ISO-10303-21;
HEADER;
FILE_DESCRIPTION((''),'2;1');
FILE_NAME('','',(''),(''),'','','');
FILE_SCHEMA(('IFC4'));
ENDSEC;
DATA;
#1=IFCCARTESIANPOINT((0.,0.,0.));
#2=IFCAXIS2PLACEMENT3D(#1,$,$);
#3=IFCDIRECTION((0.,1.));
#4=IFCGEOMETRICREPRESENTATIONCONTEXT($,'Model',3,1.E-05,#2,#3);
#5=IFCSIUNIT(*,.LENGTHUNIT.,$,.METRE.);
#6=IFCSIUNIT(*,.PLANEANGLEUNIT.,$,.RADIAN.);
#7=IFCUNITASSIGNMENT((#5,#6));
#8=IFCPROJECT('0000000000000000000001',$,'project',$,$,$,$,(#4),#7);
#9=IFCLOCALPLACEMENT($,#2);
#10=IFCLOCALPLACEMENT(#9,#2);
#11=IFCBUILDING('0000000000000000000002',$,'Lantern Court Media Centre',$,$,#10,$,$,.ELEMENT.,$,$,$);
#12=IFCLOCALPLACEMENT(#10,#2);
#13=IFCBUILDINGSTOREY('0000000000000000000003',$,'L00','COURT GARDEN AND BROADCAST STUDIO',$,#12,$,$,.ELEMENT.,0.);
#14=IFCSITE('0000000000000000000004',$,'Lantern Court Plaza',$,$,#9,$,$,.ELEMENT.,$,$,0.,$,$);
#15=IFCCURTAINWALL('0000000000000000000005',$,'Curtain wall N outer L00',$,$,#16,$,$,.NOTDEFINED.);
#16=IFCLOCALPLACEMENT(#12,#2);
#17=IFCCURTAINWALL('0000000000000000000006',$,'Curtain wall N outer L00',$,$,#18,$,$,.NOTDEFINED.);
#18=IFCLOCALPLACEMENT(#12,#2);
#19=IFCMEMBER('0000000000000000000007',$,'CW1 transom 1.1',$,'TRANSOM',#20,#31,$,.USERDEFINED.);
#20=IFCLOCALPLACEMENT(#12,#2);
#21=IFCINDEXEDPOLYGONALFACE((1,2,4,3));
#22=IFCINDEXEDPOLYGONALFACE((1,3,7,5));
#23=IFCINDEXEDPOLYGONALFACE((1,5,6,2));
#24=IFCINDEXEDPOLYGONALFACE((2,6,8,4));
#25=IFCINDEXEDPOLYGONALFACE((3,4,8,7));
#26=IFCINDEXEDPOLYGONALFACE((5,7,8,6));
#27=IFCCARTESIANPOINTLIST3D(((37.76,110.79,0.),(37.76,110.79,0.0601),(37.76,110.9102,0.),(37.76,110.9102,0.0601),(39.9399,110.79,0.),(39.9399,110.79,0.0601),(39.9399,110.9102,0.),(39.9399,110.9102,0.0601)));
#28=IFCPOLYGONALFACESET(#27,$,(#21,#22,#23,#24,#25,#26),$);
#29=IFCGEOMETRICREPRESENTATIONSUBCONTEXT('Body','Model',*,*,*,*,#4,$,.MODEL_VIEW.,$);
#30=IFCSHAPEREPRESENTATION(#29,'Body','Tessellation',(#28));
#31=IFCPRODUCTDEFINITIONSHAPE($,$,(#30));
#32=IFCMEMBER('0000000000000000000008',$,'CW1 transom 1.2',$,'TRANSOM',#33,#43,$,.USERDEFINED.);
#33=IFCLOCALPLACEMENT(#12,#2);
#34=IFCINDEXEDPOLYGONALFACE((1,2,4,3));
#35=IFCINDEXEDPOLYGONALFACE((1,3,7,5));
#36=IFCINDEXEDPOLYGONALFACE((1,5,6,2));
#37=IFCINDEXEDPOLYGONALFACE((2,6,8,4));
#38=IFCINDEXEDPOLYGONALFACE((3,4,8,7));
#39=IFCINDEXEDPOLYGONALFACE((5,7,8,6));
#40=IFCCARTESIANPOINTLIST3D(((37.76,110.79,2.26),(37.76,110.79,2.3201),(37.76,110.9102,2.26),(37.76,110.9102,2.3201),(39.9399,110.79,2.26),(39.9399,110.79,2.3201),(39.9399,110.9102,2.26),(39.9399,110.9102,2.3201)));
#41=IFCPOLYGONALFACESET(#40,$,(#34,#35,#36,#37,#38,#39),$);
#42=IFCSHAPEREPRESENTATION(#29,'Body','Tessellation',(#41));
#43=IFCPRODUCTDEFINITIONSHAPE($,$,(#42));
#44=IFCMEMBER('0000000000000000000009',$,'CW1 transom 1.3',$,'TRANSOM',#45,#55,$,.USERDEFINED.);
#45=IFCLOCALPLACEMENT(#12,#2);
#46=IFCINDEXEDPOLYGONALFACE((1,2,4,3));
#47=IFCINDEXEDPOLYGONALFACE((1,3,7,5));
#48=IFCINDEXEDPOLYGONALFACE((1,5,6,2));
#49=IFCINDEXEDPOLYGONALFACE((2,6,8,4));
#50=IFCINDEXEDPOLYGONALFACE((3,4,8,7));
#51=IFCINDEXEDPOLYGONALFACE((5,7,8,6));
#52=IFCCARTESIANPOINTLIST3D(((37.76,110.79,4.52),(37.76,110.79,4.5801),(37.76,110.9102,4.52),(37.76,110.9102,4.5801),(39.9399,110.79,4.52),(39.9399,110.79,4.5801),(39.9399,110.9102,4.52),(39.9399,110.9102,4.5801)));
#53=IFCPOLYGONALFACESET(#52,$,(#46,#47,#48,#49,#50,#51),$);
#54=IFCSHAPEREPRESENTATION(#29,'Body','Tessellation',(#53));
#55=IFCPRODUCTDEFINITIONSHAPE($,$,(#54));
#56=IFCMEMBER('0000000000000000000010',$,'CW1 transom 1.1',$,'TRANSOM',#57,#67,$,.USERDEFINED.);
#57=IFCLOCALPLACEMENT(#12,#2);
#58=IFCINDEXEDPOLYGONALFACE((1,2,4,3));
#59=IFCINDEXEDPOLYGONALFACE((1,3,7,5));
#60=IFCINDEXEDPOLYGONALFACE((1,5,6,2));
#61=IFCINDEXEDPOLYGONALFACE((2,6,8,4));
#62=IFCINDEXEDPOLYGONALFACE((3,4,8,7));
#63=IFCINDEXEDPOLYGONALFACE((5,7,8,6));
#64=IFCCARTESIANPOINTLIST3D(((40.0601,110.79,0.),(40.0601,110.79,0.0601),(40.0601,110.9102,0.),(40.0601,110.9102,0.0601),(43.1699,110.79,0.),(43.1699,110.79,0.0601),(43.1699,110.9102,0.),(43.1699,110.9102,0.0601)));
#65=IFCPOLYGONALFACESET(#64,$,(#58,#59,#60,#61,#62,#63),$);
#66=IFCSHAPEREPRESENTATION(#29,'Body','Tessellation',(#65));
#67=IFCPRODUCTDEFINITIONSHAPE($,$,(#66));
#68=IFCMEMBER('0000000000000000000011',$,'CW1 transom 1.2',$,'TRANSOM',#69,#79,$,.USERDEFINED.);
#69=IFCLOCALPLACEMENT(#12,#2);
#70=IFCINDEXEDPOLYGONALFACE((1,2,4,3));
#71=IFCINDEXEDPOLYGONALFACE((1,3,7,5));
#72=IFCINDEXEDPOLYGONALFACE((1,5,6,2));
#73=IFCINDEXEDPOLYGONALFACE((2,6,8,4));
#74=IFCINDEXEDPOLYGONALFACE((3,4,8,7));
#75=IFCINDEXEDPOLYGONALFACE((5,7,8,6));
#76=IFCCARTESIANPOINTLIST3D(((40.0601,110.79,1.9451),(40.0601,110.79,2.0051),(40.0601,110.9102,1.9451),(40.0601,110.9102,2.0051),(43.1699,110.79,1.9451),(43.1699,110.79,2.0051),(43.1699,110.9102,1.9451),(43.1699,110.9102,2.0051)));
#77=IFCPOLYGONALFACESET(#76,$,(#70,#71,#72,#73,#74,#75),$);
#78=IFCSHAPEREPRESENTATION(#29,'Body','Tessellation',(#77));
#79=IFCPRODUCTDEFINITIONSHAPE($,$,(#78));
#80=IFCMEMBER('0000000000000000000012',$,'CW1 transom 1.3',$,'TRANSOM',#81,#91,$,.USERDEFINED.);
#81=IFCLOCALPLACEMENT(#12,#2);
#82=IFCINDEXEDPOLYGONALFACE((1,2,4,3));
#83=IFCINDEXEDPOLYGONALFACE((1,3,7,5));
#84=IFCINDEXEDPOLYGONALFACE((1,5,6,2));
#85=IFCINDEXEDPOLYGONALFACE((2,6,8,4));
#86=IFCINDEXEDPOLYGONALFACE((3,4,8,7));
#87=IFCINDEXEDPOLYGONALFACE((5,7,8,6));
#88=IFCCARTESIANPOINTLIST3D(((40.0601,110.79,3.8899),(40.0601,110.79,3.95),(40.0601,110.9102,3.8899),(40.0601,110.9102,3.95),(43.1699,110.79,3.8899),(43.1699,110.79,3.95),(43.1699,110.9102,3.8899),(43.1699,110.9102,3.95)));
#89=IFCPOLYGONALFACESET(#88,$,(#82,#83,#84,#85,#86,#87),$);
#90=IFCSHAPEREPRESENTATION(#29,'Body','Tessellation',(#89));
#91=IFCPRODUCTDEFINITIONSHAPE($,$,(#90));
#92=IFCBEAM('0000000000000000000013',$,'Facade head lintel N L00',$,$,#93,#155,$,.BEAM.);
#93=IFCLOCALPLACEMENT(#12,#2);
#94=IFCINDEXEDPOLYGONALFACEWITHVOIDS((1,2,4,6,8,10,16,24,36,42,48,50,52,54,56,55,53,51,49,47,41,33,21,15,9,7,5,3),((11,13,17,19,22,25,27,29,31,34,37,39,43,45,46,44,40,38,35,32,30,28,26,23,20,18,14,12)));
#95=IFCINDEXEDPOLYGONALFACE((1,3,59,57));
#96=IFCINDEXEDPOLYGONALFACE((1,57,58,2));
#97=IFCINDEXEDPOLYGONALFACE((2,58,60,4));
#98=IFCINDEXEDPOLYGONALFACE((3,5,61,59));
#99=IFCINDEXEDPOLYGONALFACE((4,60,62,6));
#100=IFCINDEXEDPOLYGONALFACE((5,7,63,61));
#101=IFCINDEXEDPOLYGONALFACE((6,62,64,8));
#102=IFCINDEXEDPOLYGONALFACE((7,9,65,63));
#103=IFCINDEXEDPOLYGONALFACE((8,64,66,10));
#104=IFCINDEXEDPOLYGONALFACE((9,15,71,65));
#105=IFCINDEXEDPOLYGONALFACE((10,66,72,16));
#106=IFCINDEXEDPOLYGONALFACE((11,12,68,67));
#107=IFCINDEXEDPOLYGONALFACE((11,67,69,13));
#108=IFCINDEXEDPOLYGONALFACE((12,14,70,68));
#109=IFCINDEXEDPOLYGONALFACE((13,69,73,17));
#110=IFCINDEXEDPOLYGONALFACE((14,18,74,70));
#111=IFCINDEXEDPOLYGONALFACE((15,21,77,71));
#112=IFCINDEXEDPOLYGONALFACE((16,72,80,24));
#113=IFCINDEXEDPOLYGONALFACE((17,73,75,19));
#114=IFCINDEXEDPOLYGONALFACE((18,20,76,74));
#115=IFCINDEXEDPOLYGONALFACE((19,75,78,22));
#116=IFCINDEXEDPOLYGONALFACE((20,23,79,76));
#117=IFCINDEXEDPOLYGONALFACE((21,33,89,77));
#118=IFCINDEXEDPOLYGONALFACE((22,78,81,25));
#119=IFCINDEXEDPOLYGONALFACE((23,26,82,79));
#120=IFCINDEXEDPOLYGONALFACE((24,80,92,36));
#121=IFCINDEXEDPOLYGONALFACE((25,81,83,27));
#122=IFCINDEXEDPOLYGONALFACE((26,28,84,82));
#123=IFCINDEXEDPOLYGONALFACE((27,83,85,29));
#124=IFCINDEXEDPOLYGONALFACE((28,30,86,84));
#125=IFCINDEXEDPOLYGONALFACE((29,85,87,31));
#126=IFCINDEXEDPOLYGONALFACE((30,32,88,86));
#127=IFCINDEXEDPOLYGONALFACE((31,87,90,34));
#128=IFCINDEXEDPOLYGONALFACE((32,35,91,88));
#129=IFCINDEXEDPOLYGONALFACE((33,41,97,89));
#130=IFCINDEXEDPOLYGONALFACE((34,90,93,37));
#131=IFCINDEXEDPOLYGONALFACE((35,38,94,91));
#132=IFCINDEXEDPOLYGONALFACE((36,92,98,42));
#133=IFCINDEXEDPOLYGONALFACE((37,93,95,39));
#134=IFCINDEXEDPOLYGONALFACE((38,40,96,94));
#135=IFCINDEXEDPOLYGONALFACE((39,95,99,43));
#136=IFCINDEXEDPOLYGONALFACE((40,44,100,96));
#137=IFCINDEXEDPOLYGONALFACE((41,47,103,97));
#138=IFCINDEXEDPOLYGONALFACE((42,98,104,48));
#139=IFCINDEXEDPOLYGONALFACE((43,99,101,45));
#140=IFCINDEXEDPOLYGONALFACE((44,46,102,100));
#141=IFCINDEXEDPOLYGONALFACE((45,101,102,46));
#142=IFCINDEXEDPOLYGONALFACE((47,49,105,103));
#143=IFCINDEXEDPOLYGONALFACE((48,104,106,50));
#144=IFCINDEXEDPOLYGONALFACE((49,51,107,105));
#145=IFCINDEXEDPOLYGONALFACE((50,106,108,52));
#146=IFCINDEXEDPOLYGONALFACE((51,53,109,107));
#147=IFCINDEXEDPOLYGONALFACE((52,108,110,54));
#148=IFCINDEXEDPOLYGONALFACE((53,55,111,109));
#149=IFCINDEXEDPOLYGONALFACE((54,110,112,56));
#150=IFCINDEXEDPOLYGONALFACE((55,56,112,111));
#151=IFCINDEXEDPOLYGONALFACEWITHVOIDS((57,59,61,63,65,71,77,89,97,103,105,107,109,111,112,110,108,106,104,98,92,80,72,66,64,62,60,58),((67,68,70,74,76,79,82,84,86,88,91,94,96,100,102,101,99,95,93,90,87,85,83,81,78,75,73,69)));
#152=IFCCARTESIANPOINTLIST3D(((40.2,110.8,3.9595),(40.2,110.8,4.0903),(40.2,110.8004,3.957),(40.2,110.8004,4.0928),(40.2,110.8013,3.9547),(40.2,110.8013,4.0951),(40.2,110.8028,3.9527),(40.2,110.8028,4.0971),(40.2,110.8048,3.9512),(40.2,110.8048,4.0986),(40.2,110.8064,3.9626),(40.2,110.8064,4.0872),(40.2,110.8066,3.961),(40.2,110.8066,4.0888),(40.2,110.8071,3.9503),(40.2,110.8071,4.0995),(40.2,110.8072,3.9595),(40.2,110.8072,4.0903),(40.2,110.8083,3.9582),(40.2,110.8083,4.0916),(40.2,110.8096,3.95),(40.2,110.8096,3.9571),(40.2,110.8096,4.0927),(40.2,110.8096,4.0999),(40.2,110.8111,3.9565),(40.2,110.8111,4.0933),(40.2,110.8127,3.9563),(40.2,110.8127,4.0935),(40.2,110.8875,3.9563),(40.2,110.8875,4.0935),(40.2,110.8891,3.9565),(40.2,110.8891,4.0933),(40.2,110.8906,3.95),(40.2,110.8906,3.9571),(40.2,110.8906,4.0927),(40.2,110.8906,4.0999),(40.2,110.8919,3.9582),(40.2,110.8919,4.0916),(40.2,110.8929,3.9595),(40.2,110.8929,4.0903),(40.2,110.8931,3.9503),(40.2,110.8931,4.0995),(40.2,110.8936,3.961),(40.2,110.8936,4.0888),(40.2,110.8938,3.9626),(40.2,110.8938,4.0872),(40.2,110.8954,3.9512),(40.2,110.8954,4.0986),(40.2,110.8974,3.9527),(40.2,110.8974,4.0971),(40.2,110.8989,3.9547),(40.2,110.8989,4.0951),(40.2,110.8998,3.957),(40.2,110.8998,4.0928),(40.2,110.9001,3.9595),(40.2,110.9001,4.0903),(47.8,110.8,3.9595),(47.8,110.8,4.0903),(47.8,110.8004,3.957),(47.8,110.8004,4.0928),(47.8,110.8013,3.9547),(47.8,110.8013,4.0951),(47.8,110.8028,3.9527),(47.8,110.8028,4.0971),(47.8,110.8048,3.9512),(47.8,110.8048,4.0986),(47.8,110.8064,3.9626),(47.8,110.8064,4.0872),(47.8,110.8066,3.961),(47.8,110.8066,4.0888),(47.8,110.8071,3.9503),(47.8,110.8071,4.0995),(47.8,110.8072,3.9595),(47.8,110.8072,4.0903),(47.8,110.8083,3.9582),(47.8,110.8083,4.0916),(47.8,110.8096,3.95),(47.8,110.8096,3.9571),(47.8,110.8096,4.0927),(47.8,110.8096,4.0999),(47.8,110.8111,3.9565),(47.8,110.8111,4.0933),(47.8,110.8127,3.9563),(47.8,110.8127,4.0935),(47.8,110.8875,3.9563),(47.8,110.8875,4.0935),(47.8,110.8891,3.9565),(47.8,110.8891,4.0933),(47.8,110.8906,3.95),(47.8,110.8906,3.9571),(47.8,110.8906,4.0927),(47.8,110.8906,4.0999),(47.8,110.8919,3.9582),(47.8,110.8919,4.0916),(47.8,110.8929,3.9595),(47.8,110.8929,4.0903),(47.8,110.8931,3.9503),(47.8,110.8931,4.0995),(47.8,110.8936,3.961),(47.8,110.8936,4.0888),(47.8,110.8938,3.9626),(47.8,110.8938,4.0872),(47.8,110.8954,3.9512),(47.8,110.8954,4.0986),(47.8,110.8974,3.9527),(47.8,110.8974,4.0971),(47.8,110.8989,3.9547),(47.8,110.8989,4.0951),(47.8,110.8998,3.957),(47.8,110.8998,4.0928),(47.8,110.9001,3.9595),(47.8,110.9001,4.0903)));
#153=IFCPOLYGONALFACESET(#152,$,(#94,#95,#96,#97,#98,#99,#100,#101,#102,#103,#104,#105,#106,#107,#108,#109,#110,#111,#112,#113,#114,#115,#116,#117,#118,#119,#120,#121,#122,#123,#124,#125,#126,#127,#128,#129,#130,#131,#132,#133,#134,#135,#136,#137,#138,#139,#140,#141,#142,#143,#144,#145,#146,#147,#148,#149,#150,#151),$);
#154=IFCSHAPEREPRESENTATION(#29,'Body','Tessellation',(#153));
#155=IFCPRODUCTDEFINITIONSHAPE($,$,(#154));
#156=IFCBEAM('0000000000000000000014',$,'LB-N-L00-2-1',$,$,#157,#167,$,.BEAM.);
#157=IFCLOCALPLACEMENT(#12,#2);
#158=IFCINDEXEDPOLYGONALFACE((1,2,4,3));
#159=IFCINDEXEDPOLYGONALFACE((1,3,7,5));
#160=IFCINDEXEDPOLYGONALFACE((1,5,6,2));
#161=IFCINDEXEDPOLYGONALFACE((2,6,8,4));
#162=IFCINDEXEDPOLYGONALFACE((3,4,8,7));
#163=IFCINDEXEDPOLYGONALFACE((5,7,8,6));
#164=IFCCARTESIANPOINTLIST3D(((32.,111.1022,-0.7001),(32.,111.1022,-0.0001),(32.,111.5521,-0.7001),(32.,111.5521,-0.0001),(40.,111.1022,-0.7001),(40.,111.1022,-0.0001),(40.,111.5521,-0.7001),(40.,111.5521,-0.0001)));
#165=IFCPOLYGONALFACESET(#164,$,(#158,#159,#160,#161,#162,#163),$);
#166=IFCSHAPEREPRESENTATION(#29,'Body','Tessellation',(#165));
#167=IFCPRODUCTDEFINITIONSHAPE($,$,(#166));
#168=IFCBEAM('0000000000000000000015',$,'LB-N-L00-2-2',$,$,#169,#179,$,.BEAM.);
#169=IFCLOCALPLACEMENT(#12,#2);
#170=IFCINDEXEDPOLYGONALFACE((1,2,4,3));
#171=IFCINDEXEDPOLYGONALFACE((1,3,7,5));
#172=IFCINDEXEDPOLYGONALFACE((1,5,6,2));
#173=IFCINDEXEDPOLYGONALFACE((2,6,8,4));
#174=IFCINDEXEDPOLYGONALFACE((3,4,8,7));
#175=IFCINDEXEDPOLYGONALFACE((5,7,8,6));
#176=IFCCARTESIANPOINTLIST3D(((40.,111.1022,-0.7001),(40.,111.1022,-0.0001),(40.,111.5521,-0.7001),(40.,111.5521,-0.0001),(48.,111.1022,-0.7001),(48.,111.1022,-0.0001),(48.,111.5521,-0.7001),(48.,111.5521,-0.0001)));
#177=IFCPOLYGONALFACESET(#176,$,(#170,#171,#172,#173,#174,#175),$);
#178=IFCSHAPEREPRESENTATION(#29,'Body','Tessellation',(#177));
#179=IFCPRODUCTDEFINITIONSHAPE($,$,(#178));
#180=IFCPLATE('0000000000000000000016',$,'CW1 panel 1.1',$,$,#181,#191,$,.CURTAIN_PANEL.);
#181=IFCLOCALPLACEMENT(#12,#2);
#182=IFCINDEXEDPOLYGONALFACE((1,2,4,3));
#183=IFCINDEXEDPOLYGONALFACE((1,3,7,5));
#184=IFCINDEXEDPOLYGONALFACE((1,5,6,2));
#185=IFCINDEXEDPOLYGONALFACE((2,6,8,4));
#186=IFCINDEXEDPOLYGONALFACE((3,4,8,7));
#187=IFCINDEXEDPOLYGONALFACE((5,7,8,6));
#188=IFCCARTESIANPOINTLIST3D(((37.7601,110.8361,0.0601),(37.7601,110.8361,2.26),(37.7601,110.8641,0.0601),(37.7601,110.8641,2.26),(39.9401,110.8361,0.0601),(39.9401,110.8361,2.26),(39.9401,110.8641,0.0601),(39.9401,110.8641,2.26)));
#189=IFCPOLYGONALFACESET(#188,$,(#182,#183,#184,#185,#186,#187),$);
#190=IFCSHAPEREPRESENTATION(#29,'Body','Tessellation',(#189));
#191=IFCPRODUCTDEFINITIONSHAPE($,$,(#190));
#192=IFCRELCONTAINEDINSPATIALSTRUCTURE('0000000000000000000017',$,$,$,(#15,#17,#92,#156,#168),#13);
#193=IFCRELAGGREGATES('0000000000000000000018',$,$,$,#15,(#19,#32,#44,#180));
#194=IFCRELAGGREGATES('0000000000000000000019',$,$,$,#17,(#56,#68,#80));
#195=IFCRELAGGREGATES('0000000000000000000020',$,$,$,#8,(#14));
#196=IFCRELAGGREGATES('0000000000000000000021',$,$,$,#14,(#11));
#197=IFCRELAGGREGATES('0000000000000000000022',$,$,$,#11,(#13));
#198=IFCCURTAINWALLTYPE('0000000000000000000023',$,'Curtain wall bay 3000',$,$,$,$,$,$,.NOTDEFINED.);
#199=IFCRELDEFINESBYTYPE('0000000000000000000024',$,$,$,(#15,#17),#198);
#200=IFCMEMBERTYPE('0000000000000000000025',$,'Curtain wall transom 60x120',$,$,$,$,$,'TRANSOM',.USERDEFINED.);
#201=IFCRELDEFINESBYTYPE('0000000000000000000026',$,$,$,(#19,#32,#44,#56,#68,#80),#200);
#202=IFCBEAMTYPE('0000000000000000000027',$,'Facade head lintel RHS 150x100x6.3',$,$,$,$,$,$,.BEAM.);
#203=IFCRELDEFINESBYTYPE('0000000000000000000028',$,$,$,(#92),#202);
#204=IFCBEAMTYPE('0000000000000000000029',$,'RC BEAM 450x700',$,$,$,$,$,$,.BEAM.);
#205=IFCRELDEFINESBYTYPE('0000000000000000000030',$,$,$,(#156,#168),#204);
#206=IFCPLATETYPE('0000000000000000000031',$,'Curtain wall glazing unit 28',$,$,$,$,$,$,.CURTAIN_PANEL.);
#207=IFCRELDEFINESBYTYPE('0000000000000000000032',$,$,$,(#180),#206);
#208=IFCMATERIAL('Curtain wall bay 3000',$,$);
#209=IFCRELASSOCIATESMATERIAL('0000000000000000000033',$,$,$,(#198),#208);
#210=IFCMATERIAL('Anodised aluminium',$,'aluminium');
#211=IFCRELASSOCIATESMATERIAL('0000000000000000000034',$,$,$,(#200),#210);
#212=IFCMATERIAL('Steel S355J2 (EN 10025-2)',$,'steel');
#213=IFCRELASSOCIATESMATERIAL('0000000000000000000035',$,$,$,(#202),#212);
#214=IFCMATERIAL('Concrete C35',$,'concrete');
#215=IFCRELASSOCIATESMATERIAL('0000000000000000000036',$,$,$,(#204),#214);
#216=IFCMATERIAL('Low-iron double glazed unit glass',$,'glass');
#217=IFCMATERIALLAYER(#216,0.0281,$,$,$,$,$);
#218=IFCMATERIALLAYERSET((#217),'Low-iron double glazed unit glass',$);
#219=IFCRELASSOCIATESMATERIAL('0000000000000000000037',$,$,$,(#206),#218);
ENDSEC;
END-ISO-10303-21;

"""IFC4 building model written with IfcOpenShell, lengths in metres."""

from ifc_helpers import new_model, si_unit, direction, frame, origin, origin_2d, place, context, subcontext, project, spatial, rectangle, hollow_rectangle, extrude, material, layer, layer_set, material_profile, profile_set, type_object, element, aggregate, save


model = new_model("IFC4")

# Units and contexts
model_context = context("Model", 3, precision=1e-05, world=origin(), true_north=direction((0.0, 1.0)))
body_context = subcontext(model_context, "Body", "Model", "MODEL_VIEW")
ifc_project = project(units=[si_unit("LENGTHUNIT", "METRE"), si_unit("PLANEANGLEUNIT", "RADIAN")], contexts=[model_context])

# Site, building, storey
site_placement = place(None, origin())
site = spatial("IfcSite", under=ifc_project, at=site_placement, Name="Lantern Court Plaza", CompositionType="ELEMENT", RefElevation=0.0)
building_placement = place(site_placement, origin())
building = spatial("IfcBuilding", under=site, at=building_placement, Name="Lantern Court Media Centre", CompositionType="ELEMENT")
storey_placement = place(building_placement, origin())
storey = spatial("IfcBuildingStorey", under=building, at=storey_placement, Name="L00", Description="COURT GARDEN AND BROADCAST STUDIO", CompositionType="ELEMENT", Elevation=0.0)

# Shared definitions
ifc_material_1 = material(Name="Concrete C35", Category="concrete")

# Shared definitions
ifc_material_2 = material(Name="Anodised aluminium", Category="aluminium")

# Curtain wall
ifc_material_3 = material(Name="Curtain wall bay 3000")
curtain_wall_type_1 = type_object("IfcCurtainWallType", Name="Curtain wall bay 3000", PredefinedType="NOTDEFINED", material=ifc_material_3)
curtain_wall_1_placement = place(storey_placement, origin())
curtain_wall_1 = element("IfcCurtainWall", 1, at=curtain_wall_1_placement, inside=storey, type_object=curtain_wall_type_1, Name="Curtain wall N outer L00", PredefinedType="NOTDEFINED")

# Curtain wall
curtain_wall_2_placement = place(storey_placement, origin())
curtain_wall_2 = element("IfcCurtainWall", 2, at=curtain_wall_2_placement, inside=storey, type_object=curtain_wall_type_1, Name="Curtain wall N outer L00", PredefinedType="NOTDEFINED")

# Members
ifc_material_profile_1 = material_profile(ifc_material_2, rectangle(XDim=0.1201, YDim=0.0601, at=origin_2d()), Name="AL 60x120")
ifc_profile_set_1 = profile_set([ifc_material_profile_1], Name="Anodised aluminium")
member_type_1 = type_object("IfcMemberType", Name="Curtain wall transom 60x120", ElementType="TRANSOM", PredefinedType="USERDEFINED", material=ifc_profile_set_1)
member_1_placement = place(storey_placement, frame((37.76, 110.8501, 0.03), z_axis=(1.0, 0.0, 0.0), x_axis=(0.0, 1.0, 0.0)))
member_1 = element("IfcMember", 3, at=member_1_placement, type_object=member_type_1, Name="CW1 transom 1.1", ObjectType="TRANSOM", PredefinedType="USERDEFINED", context=body_context, shape_type="SweptSolid", body=[
    extrude(rectangle(XDim=0.1201, YDim=0.0601, at=origin_2d()), origin(), (0.0, 0.0, 1.0), 2.1799),
])
member_2_placement = place(storey_placement, frame((37.76, 110.8501, 2.29), z_axis=(1.0, 0.0, 0.0), x_axis=(0.0, 1.0, 0.0)))
member_2 = element("IfcMember", 4, at=member_2_placement, type_object=member_type_1, Name="CW1 transom 1.2", ObjectType="TRANSOM", PredefinedType="USERDEFINED", context=body_context, shape_type="SweptSolid", body=[
    extrude(rectangle(XDim=0.1201, YDim=0.0601, at=origin_2d()), origin(), (0.0, 0.0, 1.0), 2.1799),
])
member_3_placement = place(storey_placement, frame((37.76, 110.8501, 4.55), z_axis=(1.0, 0.0, 0.0), x_axis=(0.0, 1.0, 0.0)))
member_3 = element("IfcMember", 5, at=member_3_placement, type_object=member_type_1, Name="CW1 transom 1.3", ObjectType="TRANSOM", PredefinedType="USERDEFINED", context=body_context, shape_type="SweptSolid", body=[
    extrude(rectangle(XDim=0.1201, YDim=0.0601, at=origin_2d()), origin(), (0.0, 0.0, 1.0), 2.1799),
])
member_4_placement = place(storey_placement, frame((40.0601, 110.8501, 0.03), z_axis=(1.0, 0.0, 0.0), x_axis=(0.0, 1.0, 0.0)))
member_4 = element("IfcMember", 6, at=member_4_placement, type_object=member_type_1, Name="CW1 transom 1.1", ObjectType="TRANSOM", PredefinedType="USERDEFINED", context=body_context, shape_type="SweptSolid", body=[
    extrude(rectangle(XDim=0.1201, YDim=0.0601, at=origin_2d()), origin(), (0.0, 0.0, 1.0), 3.1099),
])
member_5_placement = place(storey_placement, frame((40.0601, 110.8501, 1.9751), z_axis=(1.0, 0.0, 0.0), x_axis=(0.0, 1.0, 0.0)))
member_5 = element("IfcMember", 7, at=member_5_placement, type_object=member_type_1, Name="CW1 transom 1.2", ObjectType="TRANSOM", PredefinedType="USERDEFINED", context=body_context, shape_type="SweptSolid", body=[
    extrude(rectangle(XDim=0.1201, YDim=0.0601, at=origin_2d()), origin(), (0.0, 0.0, 1.0), 3.1099),
])
member_6_placement = place(storey_placement, frame((40.0601, 110.8501, 3.9199), z_axis=(1.0, 0.0, 0.0), x_axis=(0.0, 1.0, 0.0)))
member_6 = element("IfcMember", 8, at=member_6_placement, type_object=member_type_1, Name="CW1 transom 1.3", ObjectType="TRANSOM", PredefinedType="USERDEFINED", context=body_context, shape_type="SweptSolid", body=[
    extrude(rectangle(XDim=0.1201, YDim=0.0601, at=origin_2d()), origin(), (0.0, 0.0, 1.0), 3.1099),
])

# Beams
ifc_material_4 = material(Name="Steel S355J2 (EN 10025-2)", Category="steel")
ifc_material_profile_2 = material_profile(ifc_material_4, hollow_rectangle(XDim=0.1001, YDim=0.1499, WallThickness=0.0063, InnerFilletRadius=0.0063, OuterFilletRadius=0.0095, at=origin_2d()), Name="Facade head lintel RHS 150x100x6.3")
ifc_profile_set_2 = profile_set([ifc_material_profile_2], Name="Steel S355J2 (EN 10025-2)")
beam_type_1 = type_object("IfcBeamType", Name="Facade head lintel RHS 150x100x6.3", PredefinedType="BEAM", material=ifc_profile_set_2)
beam_placement = place(storey_placement, frame((40.2, 110.8501, 4.0249), z_axis=(1.0, 0.0, 0.0), x_axis=(0.0, 1.0, 0.0)))
element("IfcBeam", 9, at=beam_placement, inside=storey, type_object=beam_type_1, Name="Facade head lintel N L00", PredefinedType="BEAM", context=body_context, shape_type="SweptSolid", body=[
    extrude(hollow_rectangle(XDim=0.1001, YDim=0.1499, WallThickness=0.0063, InnerFilletRadius=0.0063, OuterFilletRadius=0.0095, at=origin_2d()), origin(), (0.0, 0.0, 1.0), 7.6001),
])
ifc_material_profile_3 = material_profile(ifc_material_1, rectangle(XDim=0.45, YDim=0.7, at=origin_2d()), Name="RC 450x700")
ifc_profile_set_3 = profile_set([ifc_material_profile_3], Name="Concrete C35")
beam_type_2 = type_object("IfcBeamType", Name="RC BEAM 450x700", PredefinedType="BEAM", material=ifc_profile_set_3)
for number, where, z_axis, x_axis, name in (
    (10, (32.0, 111.3271, -0.3501), (1.0, 0.0, 0.0), (0.0, 1.0, 0.0), "LB-N-L00-2-1"),
    (11, (40.0, 111.3271, -0.3501), (1.0, 0.0, 0.0), (0.0, 1.0, 0.0), "LB-N-L00-2-2"),
):
    element("IfcBeam", number, at=place(storey_placement, frame(where, z_axis=z_axis, x_axis=x_axis)), inside=storey, type_object=beam_type_2, Name=name, PredefinedType="BEAM", context=body_context, shape_type="SweptSolid", body=[
        extrude(rectangle(XDim=0.45, YDim=0.7, at=origin_2d()), origin(), (0.0, 0.0, 1.0), 8.0),
    ])

# Plate
ifc_material_5 = material(Name="Low-iron double glazed unit glass", Category="glass")
ifc_layer_1 = layer(ifc_material_5, 0.0281)
ifc_layer_set_1 = layer_set([ifc_layer_1], Name="Low-iron double glazed unit glass")
plate_type = type_object("IfcPlateType", Name="Curtain wall glazing unit 28", PredefinedType="CURTAIN_PANEL", material=ifc_layer_set_1)
plate_1_placement = place(storey_placement, frame((38.8501, 110.8501, 0.0601), z_axis=(0.0, 0.0, 1.0), x_axis=(1.0, 0.0, 0.0)))
plate_1 = element("IfcPlate", 12, at=plate_1_placement, type_object=plate_type, Name="CW1 panel 1.1", PredefinedType="CURTAIN_PANEL", context=body_context, shape_type="SweptSolid", body=[
    extrude(rectangle(XDim=2.1799, YDim=0.0281, at=origin_2d()), origin(), (0.0, 0.0, 1.0), 2.2),
])
aggregate(curtain_wall_1, [member_1, member_2, member_3, plate_1])
aggregate(curtain_wall_2, [member_4, member_5, member_6])

save(model, "model.ifc")
